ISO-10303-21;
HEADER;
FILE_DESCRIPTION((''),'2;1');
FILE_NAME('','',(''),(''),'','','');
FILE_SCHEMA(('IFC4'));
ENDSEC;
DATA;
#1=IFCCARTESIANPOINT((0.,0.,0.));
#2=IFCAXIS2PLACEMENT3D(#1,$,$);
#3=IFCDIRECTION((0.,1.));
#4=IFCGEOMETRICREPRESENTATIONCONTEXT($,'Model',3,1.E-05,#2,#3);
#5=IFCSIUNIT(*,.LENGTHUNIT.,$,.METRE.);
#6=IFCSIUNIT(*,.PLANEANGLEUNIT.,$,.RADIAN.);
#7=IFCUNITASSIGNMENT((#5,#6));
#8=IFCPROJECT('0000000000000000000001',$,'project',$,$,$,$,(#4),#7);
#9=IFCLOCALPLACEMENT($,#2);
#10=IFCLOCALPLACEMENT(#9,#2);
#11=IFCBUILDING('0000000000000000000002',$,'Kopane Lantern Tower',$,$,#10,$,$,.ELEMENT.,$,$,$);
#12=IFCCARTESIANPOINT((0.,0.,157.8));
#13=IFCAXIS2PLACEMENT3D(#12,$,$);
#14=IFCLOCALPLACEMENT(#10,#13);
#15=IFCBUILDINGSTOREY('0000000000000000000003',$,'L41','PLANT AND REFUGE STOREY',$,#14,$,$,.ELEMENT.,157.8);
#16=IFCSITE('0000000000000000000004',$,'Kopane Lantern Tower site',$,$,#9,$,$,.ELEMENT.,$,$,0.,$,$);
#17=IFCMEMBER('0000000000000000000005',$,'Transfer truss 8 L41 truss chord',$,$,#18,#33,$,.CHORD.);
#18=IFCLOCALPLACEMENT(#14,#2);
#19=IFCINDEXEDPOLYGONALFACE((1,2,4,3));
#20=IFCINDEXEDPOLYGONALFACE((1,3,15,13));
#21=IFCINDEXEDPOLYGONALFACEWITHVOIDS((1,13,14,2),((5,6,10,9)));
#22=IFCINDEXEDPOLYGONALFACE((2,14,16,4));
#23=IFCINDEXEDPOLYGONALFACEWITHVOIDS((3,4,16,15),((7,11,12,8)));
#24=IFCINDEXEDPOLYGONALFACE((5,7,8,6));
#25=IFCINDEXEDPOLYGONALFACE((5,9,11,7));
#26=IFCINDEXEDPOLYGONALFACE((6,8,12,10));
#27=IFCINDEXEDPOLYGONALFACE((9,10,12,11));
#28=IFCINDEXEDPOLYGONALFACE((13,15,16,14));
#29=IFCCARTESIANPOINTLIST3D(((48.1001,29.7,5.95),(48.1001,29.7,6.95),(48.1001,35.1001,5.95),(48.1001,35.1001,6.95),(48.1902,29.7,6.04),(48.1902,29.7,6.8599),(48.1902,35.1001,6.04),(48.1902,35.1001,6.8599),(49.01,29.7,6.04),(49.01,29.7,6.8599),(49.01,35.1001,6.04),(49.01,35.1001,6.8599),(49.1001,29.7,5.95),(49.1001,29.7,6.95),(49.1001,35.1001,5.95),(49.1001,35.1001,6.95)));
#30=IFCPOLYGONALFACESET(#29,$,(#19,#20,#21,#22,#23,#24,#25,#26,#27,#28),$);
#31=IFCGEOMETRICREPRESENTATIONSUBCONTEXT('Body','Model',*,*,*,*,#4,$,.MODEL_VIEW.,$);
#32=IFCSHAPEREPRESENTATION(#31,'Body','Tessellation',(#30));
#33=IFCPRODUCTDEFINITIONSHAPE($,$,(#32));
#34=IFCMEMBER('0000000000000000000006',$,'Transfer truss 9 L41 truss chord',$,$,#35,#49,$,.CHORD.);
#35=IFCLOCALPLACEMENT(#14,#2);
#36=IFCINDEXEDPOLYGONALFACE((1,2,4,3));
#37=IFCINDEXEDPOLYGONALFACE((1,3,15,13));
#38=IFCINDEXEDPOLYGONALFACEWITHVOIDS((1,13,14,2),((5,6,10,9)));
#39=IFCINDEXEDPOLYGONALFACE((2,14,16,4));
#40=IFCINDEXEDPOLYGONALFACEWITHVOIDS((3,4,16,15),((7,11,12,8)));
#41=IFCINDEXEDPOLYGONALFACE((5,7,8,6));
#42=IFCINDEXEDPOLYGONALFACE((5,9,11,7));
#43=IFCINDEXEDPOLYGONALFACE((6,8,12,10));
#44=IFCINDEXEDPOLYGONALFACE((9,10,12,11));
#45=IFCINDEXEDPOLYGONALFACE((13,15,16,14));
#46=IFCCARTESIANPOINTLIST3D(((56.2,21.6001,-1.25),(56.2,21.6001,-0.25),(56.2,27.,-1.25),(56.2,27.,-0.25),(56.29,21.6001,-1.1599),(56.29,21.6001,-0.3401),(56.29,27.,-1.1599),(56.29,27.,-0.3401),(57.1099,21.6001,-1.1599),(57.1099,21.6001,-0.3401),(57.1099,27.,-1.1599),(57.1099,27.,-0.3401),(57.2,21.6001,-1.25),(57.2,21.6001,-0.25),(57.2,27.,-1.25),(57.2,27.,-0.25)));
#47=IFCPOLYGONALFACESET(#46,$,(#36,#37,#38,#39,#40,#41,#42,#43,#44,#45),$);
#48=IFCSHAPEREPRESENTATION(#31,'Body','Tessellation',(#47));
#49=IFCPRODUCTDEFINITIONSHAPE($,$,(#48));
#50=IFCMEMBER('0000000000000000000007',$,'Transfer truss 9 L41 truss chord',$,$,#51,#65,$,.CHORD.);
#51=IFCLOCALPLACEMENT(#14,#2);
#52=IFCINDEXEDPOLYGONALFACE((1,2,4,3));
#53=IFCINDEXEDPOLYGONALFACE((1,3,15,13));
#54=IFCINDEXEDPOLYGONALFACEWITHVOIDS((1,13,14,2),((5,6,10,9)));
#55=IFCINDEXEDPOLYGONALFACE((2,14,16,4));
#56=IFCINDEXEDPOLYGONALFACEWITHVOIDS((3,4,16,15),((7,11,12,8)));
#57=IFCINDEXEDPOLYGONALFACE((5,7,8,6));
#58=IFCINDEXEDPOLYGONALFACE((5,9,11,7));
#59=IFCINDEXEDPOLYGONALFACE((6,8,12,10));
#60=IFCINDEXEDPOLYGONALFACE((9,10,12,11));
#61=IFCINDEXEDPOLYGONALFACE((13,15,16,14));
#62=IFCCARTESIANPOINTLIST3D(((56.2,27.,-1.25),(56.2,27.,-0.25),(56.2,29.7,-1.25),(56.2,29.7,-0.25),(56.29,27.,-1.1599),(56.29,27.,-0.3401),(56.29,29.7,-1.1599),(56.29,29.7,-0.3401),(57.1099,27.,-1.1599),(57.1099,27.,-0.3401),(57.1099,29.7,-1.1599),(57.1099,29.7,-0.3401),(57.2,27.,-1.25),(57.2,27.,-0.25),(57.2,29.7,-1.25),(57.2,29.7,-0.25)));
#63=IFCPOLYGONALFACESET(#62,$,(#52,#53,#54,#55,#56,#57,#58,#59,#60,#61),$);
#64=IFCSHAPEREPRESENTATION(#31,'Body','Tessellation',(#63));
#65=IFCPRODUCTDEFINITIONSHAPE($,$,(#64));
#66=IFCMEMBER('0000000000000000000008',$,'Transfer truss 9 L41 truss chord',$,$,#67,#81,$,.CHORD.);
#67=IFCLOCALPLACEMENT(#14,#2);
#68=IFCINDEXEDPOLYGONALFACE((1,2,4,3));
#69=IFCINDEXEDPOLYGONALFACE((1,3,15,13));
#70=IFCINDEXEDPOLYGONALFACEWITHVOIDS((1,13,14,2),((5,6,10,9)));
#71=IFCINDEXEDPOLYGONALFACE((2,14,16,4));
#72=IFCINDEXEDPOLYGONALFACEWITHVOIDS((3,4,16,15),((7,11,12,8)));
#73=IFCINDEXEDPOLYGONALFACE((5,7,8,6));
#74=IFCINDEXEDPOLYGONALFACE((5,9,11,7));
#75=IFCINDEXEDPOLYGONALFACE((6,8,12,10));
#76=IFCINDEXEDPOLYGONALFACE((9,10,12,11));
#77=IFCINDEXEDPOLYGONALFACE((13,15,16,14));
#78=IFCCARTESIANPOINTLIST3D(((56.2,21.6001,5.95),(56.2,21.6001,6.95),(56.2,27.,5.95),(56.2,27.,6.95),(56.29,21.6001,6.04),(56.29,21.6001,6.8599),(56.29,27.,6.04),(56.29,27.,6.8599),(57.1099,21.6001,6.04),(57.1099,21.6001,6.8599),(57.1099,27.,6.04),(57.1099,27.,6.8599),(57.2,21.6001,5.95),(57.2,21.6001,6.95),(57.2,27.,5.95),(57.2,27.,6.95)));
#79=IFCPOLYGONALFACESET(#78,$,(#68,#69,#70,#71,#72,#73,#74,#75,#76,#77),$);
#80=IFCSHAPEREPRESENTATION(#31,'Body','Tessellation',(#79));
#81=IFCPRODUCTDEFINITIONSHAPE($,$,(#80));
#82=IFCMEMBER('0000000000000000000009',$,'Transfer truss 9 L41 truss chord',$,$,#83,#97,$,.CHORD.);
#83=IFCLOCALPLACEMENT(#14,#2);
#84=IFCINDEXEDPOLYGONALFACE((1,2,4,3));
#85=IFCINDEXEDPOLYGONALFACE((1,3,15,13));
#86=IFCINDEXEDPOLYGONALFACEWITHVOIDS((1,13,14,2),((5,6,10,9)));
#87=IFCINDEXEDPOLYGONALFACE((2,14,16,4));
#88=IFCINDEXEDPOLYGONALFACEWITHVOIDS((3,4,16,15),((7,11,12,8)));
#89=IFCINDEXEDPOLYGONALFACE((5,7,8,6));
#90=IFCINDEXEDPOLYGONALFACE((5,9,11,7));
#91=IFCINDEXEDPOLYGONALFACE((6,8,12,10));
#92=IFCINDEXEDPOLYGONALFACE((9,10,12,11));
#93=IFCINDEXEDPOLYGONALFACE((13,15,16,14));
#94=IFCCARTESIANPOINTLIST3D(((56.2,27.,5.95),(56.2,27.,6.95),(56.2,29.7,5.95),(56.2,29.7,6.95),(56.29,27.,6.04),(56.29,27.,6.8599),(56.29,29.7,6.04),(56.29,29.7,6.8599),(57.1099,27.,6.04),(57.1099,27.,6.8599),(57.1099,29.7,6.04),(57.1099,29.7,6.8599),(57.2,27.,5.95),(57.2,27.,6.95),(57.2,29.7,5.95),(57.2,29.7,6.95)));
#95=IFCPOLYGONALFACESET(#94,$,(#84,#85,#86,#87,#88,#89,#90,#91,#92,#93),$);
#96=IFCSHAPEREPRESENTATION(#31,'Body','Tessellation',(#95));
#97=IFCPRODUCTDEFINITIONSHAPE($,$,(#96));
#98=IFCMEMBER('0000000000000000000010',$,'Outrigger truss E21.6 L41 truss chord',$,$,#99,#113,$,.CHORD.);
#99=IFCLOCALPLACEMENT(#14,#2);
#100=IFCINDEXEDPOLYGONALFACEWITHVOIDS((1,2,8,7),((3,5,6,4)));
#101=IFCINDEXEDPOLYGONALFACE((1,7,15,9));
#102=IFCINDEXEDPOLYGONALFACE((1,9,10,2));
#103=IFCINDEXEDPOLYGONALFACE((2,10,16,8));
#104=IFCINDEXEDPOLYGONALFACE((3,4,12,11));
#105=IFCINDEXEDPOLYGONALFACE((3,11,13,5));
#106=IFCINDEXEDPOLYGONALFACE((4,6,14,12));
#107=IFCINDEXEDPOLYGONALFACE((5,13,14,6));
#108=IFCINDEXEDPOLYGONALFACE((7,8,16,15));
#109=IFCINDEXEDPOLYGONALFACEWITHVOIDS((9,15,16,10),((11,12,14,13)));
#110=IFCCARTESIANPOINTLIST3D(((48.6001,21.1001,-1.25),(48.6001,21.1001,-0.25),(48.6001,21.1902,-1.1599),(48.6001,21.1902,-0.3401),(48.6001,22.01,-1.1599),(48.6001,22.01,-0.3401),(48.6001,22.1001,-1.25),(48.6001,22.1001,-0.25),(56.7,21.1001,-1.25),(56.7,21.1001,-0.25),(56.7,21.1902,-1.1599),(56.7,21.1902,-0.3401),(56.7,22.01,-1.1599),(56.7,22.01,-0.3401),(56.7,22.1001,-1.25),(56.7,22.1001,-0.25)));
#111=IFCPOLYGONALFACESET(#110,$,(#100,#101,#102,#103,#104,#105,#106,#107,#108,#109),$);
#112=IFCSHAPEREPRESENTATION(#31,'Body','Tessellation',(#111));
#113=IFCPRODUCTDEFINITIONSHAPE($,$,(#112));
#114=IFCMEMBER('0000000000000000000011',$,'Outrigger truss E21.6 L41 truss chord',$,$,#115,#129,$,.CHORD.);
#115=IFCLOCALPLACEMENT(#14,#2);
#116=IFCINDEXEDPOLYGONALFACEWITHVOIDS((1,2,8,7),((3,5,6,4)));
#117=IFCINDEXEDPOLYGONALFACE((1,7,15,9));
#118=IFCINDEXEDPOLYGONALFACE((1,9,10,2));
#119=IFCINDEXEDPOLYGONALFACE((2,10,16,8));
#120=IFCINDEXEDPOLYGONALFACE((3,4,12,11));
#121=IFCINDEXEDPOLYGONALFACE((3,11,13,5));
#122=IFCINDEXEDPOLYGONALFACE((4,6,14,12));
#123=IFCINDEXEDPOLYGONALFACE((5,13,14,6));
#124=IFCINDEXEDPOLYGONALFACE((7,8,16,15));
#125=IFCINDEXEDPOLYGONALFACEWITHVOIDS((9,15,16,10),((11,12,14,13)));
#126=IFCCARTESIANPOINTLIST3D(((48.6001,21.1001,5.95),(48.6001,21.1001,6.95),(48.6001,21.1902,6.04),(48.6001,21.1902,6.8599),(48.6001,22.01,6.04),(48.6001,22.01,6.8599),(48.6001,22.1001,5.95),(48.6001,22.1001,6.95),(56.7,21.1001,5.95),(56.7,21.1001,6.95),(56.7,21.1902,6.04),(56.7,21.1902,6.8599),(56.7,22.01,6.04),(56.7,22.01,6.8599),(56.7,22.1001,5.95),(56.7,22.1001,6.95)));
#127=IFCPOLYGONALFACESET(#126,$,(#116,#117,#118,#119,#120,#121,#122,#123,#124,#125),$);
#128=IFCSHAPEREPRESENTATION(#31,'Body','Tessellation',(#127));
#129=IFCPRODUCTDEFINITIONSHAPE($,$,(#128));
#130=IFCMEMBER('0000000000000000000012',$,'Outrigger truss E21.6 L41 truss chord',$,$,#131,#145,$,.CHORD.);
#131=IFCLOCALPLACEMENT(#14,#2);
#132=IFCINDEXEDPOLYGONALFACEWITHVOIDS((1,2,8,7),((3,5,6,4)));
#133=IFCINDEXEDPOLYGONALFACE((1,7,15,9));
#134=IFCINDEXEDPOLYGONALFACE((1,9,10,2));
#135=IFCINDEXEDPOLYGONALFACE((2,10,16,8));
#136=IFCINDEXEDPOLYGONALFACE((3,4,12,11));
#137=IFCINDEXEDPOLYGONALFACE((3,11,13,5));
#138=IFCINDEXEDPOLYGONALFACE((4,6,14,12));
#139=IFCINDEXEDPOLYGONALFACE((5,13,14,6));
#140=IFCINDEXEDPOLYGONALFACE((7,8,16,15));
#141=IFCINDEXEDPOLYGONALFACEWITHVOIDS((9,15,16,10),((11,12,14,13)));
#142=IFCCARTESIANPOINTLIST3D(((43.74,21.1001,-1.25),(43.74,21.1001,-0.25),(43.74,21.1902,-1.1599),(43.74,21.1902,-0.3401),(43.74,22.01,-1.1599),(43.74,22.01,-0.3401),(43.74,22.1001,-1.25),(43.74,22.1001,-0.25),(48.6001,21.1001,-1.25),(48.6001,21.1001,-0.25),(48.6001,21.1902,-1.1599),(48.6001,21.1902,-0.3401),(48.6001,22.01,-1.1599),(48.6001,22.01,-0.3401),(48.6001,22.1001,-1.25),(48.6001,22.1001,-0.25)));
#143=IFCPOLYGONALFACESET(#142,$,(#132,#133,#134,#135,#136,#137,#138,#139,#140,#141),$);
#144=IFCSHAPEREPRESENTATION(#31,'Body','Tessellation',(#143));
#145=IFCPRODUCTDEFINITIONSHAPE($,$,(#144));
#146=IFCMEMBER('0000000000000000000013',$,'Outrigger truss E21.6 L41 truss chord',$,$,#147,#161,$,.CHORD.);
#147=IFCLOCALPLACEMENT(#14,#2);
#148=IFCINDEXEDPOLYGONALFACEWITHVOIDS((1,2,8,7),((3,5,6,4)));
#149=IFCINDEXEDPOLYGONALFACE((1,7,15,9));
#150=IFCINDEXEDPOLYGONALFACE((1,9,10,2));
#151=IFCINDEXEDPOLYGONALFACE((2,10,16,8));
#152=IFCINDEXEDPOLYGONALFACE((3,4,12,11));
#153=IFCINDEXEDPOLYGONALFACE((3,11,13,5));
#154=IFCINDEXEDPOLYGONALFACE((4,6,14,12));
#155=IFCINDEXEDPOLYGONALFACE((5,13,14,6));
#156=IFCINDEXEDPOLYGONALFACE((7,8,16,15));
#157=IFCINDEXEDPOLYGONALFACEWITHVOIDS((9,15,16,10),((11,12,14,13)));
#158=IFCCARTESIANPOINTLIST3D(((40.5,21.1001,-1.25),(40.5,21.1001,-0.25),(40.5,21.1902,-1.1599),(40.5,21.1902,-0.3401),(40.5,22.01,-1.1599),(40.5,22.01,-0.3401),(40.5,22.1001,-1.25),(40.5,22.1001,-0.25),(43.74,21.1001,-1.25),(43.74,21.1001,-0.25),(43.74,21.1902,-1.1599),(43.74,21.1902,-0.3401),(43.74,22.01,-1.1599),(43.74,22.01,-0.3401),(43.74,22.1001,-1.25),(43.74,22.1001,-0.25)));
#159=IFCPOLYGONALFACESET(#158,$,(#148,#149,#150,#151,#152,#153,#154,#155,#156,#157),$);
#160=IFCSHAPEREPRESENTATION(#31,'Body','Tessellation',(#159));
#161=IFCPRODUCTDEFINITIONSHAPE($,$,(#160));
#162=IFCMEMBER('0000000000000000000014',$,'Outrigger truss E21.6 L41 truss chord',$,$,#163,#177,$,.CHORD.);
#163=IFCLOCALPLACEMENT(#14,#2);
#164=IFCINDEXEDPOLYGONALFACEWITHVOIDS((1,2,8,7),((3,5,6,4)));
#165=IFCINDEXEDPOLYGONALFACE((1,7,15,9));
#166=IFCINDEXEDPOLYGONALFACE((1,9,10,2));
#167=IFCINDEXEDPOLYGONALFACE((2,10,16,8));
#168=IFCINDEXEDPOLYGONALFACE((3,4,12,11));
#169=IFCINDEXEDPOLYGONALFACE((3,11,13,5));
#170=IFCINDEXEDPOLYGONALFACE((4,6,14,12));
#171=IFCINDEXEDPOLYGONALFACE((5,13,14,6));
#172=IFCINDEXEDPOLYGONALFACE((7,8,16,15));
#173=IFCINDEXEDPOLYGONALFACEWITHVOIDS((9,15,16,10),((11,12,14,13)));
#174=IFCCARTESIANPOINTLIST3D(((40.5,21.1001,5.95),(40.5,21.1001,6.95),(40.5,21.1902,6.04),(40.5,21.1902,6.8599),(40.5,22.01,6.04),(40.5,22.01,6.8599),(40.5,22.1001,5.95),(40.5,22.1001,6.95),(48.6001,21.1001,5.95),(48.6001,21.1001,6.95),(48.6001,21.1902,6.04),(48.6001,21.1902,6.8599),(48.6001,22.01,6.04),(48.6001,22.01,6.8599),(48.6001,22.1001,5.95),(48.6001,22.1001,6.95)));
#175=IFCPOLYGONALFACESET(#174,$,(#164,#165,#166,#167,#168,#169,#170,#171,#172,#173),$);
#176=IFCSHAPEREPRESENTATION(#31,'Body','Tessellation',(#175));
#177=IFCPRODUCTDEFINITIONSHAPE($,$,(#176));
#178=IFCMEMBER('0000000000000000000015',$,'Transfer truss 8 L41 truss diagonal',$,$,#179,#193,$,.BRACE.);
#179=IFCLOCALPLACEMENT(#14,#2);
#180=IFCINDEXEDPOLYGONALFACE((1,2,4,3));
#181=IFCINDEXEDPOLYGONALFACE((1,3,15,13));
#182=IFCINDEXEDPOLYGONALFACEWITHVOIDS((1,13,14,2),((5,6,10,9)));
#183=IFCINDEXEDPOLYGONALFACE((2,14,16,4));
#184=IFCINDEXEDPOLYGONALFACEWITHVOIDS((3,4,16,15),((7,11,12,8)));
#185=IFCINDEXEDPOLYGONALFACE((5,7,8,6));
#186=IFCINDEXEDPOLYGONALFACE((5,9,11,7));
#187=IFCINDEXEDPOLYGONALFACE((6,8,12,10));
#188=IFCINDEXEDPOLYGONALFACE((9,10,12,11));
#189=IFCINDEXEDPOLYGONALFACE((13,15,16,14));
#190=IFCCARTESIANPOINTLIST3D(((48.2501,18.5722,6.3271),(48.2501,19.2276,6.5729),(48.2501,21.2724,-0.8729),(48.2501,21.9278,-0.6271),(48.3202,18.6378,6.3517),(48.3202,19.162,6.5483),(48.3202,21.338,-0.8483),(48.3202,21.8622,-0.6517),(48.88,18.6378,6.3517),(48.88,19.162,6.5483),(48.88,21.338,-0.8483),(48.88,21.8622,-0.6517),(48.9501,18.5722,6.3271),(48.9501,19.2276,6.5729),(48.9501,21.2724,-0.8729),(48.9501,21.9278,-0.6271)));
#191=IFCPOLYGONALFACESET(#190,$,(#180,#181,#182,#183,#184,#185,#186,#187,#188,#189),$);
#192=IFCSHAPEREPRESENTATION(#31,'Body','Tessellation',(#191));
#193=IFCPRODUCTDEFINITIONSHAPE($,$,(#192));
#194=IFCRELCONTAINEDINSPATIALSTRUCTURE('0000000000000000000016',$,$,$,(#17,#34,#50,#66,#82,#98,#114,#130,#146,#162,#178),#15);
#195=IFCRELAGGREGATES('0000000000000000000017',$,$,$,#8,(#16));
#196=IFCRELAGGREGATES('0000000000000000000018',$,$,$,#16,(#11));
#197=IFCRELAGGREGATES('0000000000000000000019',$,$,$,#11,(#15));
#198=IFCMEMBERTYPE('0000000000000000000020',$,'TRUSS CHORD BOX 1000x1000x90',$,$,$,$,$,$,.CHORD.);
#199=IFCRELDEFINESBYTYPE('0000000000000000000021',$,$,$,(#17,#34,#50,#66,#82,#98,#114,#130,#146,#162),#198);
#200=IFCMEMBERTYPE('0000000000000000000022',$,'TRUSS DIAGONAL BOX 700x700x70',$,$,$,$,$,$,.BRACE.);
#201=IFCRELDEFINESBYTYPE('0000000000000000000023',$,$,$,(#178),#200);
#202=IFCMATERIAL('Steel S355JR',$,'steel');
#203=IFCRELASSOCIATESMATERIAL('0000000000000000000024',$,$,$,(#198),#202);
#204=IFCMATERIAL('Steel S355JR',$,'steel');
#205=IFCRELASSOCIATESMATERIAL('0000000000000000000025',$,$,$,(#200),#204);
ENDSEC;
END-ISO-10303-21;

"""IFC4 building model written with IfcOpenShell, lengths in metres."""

from ifc_helpers import new_model, si_unit, direction, frame, origin, origin_2d, place, context, subcontext, project, spatial, hollow_rectangle, extrude, material, material_profile, profile_set, type_object, element, save


model = new_model("IFC4")

# Units and contexts
model_context = context("Model", 3, precision=1e-05, world=origin(), true_north=direction((0.0, 1.0)))
body_context = subcontext(model_context, "Body", "Model", "MODEL_VIEW")
ifc_project = project(units=[si_unit("LENGTHUNIT", "METRE"), si_unit("PLANEANGLEUNIT", "RADIAN")], contexts=[model_context])

# Site, building, storey
site_placement = place(None, origin())
site = spatial("IfcSite", under=ifc_project, at=site_placement, Name="Kopane Lantern Tower site", CompositionType="ELEMENT", RefElevation=0.0)
building_placement = place(site_placement, origin())
building = spatial("IfcBuilding", under=site, at=building_placement, Name="Kopane Lantern Tower", CompositionType="ELEMENT")
storey_placement = place(building_placement, frame((0.0, 0.0, 157.8)))
storey = spatial("IfcBuildingStorey", under=building, at=storey_placement, Name="L41", Description="PLANT AND REFUGE STOREY", CompositionType="ELEMENT", Elevation=157.8)

# Members
ifc_material_1 = material(Name="Steel S355JR", Category="steel")
ifc_material_profile_1 = material_profile(ifc_material_1, hollow_rectangle(XDim=1.0, YDim=1.0, WallThickness=0.0901, at=origin_2d()), Name="BOX 1000x1000x90")
ifc_profile_set_1 = profile_set([ifc_material_profile_1], Name="Steel S355JR")
member_type_1 = type_object("IfcMemberType", Name="TRUSS CHORD BOX 1000x1000x90", PredefinedType="CHORD", material=ifc_profile_set_1)
member_1_placement = place(storey_placement, frame((48.6001, 29.7, 6.45), z_axis=(0.0, 1.0, 0.0), x_axis=(-1.0, 0.0, 0.0)))
element("IfcMember", 1, at=member_1_placement, inside=storey, type_object=member_type_1, Name="Transfer truss 8 L41 truss chord", PredefinedType="CHORD", context=body_context, shape_type="SweptSolid", body=[
    extrude(hollow_rectangle(XDim=1.0, YDim=1.0, WallThickness=0.0901, at=origin_2d()), origin(), (0.0, 0.0, 1.0), 5.4001),
])
member_2_placement = place(storey_placement, frame((56.7, 21.6001, -0.75), z_axis=(0.0, 1.0, 0.0), x_axis=(-1.0, 0.0, 0.0)))
element("IfcMember", 2, at=member_2_placement, inside=storey, type_object=member_type_1, Name="Transfer truss 9 L41 truss chord", PredefinedType="CHORD", context=body_context, shape_type="SweptSolid", body=[
    extrude(hollow_rectangle(XDim=1.0, YDim=1.0, WallThickness=0.0901, at=origin_2d()), origin(), (0.0, 0.0, 1.0), 5.3999),
])
member_3_placement = place(storey_placement, frame((56.7, 27.0, -0.75), z_axis=(0.0, 1.0, 0.0), x_axis=(-1.0, 0.0, 0.0)))
element("IfcMember", 3, at=member_3_placement, inside=storey, type_object=member_type_1, Name="Transfer truss 9 L41 truss chord", PredefinedType="CHORD", context=body_context, shape_type="SweptSolid", body=[
    extrude(hollow_rectangle(XDim=1.0, YDim=1.0, WallThickness=0.0901, at=origin_2d()), origin(), (0.0, 0.0, 1.0), 2.7),
])
member_4_placement = place(storey_placement, frame((56.7, 21.6001, 6.45), z_axis=(0.0, 1.0, 0.0), x_axis=(-1.0, 0.0, 0.0)))
element("IfcMember", 4, at=member_4_placement, inside=storey, type_object=member_type_1, Name="Transfer truss 9 L41 truss chord", PredefinedType="CHORD", context=body_context, shape_type="SweptSolid", body=[
    extrude(hollow_rectangle(XDim=1.0, YDim=1.0, WallThickness=0.0901, at=origin_2d()), origin(), (0.0, 0.0, 1.0), 5.3999),
])
member_5_placement = place(storey_placement, frame((56.7, 27.0, 6.45), z_axis=(0.0, 1.0, 0.0), x_axis=(-1.0, 0.0, 0.0)))
element("IfcMember", 5, at=member_5_placement, inside=storey, type_object=member_type_1, Name="Transfer truss 9 L41 truss chord", PredefinedType="CHORD", context=body_context, shape_type="SweptSolid", body=[
    extrude(hollow_rectangle(XDim=1.0, YDim=1.0, WallThickness=0.0901, at=origin_2d()), origin(), (0.0, 0.0, 1.0), 2.7),
])
for number, where, z_axis, x_axis, name in (
    (6, (56.7, 21.6001, -0.75), (-1.0, 0.0, 0.0), (0.0, -1.0, 0.0), "Outrigger truss E21.6 L41 truss chord"),
    (7, (56.7, 21.6001, 6.45), (-1.0, 0.0, 0.0), (0.0, -1.0, 0.0), "Outrigger truss E21.6 L41 truss chord"),
):
    element("IfcMember", number, at=place(storey_placement, frame(where, z_axis=z_axis, x_axis=x_axis)), inside=storey, type_object=member_type_1, Name=name, PredefinedType="CHORD", context=body_context, shape_type="SweptSolid", body=[
        extrude(hollow_rectangle(XDim=1.0, YDim=1.0, WallThickness=0.0901, at=origin_2d()), origin(), (0.0, 0.0, 1.0), 8.0999),
    ])
member_6_placement = place(storey_placement, frame((48.6001, 21.6001, -0.75), z_axis=(-1.0, 0.0, 0.0), x_axis=(0.0, -1.0, 0.0)))
element("IfcMember", 8, at=member_6_placement, inside=storey, type_object=member_type_1, Name="Outrigger truss E21.6 L41 truss chord", PredefinedType="CHORD", context=body_context, shape_type="SweptSolid", body=[
    extrude(hollow_rectangle(XDim=1.0, YDim=1.0, WallThickness=0.0901, at=origin_2d()), origin(), (0.0, 0.0, 1.0), 4.8601),
])
member_7_placement = place(storey_placement, frame((43.74, 21.6001, -0.75), z_axis=(-1.0, 0.0, 0.0), x_axis=(0.0, -1.0, 0.0)))
element("IfcMember", 9, at=member_7_placement, inside=storey, type_object=member_type_1, Name="Outrigger truss E21.6 L41 truss chord", PredefinedType="CHORD", context=body_context, shape_type="SweptSolid", body=[
    extrude(hollow_rectangle(XDim=1.0, YDim=1.0, WallThickness=0.0901, at=origin_2d()), origin(), (0.0, 0.0, 1.0), 3.24),
])
member_8_placement = place(storey_placement, frame((48.6001, 21.6001, 6.45), z_axis=(-1.0, 0.0, 0.0), x_axis=(0.0, -1.0, 0.0)))
element("IfcMember", 10, at=member_8_placement, inside=storey, type_object=member_type_1, Name="Outrigger truss E21.6 L41 truss chord", PredefinedType="CHORD", context=body_context, shape_type="SweptSolid", body=[
    extrude(hollow_rectangle(XDim=1.0, YDim=1.0, WallThickness=0.0901, at=origin_2d()), origin(), (0.0, 0.0, 1.0), 8.1001),
])
ifc_material_2 = material(Name="Steel S355JR", Category="steel")
ifc_material_profile_2 = material_profile(ifc_material_2, hollow_rectangle(XDim=0.7, YDim=0.7, WallThickness=0.0701, at=origin_2d()), Name="BOX 700x700x70")
ifc_profile_set_2 = profile_set([ifc_material_profile_2], Name="Steel S355JR")
member_type_2 = type_object("IfcMemberType", Name="TRUSS DIAGONAL BOX 700x700x70", PredefinedType="BRACE", material=ifc_profile_set_2)
member_9_placement = place(storey_placement, frame((48.6001, 21.6001, -0.75), z_axis=(0.0, -0.351148, 0.93632), x_axis=(1.0, 0.0, 0.0)))
element("IfcMember", 11, at=member_9_placement, inside=storey, type_object=member_type_2, Name="Transfer truss 8 L41 truss diagonal", PredefinedType="BRACE", context=body_context, shape_type="SweptSolid", body=[
    extrude(hollow_rectangle(XDim=0.7, YDim=0.7, WallThickness=0.0701, at=origin_2d()), origin(), (0.0, 0.0, 1.0), 7.6897),
])

save(model, "model.ifc")
